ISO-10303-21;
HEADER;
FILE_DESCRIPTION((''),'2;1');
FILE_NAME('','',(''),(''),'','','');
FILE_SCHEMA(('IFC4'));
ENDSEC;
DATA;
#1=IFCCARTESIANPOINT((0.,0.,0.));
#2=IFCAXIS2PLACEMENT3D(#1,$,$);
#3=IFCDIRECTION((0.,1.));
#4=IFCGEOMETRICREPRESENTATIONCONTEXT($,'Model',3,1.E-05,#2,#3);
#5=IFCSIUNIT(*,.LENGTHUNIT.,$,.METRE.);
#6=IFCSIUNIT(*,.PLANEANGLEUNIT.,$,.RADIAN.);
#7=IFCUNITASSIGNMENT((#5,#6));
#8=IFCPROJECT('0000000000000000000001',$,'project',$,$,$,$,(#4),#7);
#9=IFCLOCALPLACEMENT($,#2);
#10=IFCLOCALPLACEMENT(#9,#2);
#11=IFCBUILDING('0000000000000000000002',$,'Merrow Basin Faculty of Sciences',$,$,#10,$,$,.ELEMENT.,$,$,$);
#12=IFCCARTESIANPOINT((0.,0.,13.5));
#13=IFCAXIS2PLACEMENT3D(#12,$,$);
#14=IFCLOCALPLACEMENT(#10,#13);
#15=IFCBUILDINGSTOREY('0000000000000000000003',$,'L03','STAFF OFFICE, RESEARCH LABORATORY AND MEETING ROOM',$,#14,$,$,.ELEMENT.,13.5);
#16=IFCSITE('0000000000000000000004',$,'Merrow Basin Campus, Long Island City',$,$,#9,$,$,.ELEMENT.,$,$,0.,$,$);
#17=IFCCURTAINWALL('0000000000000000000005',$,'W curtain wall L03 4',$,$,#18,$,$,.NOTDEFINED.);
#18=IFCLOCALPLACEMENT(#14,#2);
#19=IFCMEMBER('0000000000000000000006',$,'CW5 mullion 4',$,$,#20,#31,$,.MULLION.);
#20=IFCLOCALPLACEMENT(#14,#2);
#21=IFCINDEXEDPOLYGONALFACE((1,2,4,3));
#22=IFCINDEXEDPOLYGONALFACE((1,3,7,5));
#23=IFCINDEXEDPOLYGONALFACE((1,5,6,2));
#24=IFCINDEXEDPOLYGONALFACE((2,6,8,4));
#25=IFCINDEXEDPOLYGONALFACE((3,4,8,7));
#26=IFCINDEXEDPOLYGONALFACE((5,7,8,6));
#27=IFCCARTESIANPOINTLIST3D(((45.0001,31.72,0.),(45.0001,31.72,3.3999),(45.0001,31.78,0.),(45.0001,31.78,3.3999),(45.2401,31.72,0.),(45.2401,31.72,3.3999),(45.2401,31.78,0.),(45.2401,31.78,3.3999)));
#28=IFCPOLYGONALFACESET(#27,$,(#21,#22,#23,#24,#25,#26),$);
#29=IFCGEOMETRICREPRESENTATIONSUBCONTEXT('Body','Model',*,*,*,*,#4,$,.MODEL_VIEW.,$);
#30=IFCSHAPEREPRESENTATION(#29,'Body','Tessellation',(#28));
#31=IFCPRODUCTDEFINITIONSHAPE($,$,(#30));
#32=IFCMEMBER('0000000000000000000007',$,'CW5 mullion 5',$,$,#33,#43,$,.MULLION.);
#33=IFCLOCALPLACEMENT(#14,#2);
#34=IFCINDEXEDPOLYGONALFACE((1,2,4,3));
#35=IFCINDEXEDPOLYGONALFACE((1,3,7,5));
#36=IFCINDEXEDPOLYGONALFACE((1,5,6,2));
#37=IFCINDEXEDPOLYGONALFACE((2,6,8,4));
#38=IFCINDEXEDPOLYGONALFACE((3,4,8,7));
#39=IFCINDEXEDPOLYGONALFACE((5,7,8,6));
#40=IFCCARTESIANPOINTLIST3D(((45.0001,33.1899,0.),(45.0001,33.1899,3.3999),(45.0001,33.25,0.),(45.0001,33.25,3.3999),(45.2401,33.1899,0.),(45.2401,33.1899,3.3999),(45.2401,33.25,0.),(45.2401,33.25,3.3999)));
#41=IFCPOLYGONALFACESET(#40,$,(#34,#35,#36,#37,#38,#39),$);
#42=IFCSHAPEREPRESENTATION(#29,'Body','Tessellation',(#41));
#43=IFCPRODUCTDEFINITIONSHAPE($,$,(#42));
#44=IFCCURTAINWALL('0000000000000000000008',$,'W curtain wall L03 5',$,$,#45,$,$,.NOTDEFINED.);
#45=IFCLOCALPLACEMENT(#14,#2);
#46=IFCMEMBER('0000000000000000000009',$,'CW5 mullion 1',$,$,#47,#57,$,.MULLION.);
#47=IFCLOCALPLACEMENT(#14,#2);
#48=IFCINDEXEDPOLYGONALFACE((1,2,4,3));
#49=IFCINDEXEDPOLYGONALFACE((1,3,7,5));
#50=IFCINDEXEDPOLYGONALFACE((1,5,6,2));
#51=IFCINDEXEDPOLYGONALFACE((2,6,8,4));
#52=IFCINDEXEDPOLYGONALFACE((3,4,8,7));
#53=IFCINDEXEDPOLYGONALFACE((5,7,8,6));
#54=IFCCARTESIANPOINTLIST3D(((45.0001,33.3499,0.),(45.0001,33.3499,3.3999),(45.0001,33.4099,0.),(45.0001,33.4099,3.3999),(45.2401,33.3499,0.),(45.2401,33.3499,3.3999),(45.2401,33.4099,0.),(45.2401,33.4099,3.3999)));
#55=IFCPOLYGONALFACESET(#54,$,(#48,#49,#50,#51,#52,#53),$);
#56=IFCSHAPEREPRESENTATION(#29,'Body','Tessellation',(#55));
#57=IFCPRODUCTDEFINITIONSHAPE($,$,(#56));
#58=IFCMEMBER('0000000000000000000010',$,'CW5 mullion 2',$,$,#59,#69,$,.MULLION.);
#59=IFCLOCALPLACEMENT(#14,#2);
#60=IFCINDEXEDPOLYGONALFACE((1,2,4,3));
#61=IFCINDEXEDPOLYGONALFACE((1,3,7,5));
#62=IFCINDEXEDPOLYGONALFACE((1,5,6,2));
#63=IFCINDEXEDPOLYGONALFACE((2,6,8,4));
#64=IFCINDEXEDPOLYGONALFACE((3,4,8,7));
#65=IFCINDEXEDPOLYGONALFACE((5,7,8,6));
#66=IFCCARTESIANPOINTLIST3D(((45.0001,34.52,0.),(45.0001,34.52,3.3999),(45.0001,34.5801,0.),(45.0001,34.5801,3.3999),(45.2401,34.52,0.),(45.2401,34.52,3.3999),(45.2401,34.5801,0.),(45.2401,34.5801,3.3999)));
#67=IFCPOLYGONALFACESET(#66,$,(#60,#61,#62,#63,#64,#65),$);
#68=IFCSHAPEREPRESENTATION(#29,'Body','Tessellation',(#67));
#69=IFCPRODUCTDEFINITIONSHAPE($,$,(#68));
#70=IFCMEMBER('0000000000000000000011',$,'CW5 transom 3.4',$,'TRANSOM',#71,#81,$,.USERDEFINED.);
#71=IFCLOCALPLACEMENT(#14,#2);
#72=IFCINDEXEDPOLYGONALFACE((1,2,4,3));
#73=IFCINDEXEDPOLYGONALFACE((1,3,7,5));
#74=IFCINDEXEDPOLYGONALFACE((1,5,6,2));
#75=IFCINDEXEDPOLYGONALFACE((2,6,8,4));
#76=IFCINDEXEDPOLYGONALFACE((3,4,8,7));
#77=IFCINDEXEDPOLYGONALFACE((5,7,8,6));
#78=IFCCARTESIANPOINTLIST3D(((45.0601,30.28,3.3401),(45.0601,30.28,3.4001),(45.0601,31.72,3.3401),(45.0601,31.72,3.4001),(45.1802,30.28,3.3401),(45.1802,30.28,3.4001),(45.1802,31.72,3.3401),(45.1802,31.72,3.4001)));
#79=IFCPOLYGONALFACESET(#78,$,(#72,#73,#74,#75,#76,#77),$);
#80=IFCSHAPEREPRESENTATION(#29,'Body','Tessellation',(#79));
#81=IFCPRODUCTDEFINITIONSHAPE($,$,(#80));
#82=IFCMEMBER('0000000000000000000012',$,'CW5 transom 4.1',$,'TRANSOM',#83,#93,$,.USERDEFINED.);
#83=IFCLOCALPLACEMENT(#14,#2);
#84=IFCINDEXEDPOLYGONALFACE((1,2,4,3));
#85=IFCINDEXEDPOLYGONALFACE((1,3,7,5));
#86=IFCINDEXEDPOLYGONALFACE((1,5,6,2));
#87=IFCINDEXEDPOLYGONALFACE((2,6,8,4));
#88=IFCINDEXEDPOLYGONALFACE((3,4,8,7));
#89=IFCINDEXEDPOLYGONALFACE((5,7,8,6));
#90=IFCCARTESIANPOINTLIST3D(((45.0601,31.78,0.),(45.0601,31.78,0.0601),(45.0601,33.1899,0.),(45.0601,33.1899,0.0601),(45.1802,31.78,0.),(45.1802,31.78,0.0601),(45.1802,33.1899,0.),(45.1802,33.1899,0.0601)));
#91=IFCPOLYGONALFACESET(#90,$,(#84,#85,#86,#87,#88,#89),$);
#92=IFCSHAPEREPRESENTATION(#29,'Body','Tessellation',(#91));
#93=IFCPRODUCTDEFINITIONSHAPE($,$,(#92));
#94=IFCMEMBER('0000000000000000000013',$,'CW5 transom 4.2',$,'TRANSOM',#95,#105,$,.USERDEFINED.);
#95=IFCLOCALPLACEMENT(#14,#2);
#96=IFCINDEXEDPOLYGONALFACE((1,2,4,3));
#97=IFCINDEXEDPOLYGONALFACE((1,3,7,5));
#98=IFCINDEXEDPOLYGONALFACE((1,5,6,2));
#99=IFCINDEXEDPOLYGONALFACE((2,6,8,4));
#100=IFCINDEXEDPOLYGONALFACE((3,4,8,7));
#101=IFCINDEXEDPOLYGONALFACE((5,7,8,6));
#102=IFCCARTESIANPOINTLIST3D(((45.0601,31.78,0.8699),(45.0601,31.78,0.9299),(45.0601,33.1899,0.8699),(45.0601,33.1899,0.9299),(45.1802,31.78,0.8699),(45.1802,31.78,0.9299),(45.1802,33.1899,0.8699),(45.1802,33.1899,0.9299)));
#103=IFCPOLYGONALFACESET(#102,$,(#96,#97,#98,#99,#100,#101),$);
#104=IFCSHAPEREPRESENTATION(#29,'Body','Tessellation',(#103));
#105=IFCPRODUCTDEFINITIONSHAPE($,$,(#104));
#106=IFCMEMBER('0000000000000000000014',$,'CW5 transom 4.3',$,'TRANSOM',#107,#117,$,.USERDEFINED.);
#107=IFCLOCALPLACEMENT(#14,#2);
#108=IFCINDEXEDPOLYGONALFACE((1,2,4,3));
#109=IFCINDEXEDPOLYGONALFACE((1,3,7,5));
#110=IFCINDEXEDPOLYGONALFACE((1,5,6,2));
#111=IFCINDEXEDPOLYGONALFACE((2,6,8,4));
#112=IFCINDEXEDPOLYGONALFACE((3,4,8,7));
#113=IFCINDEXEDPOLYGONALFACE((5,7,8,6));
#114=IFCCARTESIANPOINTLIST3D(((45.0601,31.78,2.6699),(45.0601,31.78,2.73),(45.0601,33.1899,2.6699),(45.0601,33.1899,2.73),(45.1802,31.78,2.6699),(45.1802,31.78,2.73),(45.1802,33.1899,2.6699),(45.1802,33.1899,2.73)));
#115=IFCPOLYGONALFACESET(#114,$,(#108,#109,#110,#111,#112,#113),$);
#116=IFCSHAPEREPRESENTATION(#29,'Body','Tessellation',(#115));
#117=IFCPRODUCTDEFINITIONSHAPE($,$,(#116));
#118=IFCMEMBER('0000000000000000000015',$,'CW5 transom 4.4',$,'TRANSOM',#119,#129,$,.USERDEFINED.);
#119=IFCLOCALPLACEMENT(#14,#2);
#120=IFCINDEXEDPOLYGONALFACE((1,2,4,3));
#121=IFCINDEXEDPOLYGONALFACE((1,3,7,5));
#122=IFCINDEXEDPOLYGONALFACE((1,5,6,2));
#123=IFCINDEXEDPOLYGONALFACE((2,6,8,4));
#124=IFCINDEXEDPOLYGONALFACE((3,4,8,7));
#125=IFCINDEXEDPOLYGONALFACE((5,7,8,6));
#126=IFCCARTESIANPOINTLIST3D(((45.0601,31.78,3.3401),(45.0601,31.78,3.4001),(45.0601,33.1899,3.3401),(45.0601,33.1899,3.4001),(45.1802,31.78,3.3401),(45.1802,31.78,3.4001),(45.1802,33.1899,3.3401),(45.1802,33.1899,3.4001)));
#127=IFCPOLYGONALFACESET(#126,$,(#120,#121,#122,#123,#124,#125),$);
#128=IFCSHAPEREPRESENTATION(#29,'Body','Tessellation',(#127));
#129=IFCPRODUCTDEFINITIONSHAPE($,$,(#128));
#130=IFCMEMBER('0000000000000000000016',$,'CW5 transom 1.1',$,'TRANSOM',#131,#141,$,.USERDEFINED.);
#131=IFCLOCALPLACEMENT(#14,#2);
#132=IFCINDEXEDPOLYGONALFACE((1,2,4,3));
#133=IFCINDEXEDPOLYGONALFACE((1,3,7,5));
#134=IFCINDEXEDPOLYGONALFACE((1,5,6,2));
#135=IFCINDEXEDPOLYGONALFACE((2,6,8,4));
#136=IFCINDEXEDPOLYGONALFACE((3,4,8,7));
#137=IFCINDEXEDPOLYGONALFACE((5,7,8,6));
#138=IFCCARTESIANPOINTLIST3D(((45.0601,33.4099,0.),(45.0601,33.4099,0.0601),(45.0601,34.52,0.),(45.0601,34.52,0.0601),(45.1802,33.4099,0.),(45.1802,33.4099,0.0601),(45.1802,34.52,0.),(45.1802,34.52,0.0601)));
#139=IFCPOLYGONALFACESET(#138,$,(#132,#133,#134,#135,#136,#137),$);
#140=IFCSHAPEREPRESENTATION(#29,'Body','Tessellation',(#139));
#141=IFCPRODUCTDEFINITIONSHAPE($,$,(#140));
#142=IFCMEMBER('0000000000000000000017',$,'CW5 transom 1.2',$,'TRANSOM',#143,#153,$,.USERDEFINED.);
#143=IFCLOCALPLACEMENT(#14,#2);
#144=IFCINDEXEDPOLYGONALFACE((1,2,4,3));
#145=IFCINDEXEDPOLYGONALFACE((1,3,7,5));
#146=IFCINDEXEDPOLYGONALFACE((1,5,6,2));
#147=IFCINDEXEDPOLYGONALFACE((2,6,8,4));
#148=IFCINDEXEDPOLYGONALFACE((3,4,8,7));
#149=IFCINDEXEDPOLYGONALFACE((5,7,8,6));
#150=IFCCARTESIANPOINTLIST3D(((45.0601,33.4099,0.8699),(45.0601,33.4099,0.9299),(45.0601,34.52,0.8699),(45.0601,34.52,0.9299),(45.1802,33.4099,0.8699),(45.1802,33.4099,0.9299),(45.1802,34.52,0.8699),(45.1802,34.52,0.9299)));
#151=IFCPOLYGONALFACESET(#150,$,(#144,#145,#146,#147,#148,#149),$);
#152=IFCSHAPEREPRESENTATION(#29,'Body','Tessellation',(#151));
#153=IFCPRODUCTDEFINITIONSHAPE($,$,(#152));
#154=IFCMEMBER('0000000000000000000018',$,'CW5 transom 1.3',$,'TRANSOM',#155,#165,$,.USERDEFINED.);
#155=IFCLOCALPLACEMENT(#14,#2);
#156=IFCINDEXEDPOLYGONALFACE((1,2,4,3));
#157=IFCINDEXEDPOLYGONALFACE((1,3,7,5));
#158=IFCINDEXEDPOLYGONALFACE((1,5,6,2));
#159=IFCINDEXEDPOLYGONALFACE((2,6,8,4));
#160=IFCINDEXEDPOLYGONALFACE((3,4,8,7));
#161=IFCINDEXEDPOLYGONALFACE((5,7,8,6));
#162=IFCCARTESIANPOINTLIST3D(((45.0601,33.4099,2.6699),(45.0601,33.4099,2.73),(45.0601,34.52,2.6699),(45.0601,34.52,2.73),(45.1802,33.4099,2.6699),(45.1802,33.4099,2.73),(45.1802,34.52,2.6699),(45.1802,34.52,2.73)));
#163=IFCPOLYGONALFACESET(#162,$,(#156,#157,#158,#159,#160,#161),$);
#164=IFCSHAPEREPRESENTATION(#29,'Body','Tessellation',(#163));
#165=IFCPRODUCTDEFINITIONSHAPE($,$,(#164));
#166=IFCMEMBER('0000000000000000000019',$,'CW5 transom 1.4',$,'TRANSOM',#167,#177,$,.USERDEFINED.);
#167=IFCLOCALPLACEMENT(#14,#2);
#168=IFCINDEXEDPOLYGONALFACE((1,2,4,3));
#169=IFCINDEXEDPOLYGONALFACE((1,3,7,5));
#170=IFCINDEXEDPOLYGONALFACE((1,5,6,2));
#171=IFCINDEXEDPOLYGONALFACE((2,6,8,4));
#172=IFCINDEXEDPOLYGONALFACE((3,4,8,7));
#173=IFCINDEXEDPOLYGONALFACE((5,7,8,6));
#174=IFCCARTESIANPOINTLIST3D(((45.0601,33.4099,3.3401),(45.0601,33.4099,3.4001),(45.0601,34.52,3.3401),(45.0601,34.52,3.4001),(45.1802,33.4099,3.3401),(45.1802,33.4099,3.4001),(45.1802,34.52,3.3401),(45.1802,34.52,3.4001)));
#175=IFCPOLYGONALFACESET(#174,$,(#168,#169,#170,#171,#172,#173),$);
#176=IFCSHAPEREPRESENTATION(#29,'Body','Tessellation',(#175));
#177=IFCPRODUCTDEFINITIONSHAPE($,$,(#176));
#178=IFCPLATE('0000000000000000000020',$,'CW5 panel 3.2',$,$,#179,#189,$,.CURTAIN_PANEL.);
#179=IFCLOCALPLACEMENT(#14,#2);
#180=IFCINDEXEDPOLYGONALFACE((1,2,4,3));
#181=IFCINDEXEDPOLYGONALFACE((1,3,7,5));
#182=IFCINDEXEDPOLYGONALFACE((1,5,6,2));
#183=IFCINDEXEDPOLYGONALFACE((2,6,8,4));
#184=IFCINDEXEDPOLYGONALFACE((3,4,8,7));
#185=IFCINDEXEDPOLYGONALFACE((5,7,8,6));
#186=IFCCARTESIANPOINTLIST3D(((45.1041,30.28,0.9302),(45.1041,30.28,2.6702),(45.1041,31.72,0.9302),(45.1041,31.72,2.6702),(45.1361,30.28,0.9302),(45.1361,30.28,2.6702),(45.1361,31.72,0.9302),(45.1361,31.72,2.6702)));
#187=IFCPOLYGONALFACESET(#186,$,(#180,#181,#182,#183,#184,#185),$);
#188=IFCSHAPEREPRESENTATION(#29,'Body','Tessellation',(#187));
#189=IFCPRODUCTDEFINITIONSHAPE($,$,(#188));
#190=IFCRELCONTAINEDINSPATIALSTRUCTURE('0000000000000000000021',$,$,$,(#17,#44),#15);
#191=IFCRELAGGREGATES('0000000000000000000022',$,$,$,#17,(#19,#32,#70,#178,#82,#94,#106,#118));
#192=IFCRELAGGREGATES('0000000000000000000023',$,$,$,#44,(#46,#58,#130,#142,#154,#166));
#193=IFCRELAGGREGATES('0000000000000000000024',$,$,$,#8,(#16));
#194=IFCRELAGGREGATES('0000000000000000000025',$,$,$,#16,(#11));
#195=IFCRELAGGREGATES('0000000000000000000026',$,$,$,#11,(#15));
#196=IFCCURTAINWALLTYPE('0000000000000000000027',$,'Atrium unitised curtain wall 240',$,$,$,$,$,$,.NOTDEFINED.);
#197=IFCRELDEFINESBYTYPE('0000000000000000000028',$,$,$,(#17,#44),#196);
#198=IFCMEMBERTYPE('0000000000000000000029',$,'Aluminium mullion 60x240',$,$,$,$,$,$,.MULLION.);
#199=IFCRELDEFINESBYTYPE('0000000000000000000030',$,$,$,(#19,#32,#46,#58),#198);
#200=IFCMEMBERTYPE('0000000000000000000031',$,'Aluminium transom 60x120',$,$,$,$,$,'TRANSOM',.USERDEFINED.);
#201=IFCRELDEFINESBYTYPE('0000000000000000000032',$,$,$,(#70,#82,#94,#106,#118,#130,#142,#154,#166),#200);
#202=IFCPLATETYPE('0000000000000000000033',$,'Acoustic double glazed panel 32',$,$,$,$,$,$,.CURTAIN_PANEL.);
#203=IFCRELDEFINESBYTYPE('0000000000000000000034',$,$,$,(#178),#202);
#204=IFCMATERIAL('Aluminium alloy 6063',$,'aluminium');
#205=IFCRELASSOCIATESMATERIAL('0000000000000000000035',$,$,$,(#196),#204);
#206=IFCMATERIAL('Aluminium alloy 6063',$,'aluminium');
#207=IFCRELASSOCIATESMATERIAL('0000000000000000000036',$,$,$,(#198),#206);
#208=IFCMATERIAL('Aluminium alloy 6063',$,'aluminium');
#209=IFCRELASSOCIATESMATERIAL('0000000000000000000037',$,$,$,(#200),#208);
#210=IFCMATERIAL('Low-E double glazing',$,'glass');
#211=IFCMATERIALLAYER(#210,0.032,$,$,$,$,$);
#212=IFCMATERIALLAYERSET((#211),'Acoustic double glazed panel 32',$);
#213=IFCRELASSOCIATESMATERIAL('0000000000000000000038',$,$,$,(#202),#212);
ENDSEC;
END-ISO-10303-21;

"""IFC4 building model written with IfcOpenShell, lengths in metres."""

from ifc_helpers import new_model, si_unit, direction, frame, origin, origin_2d, place, context, subcontext, project, spatial, rectangle, extrude, material, layer, layer_set, material_profile, profile_set, type_object, element, aggregate, save


model = new_model("IFC4")

# Units and contexts
model_context = context("Model", 3, precision=1e-05, world=origin(), true_north=direction((0.0, 1.0)))
body_context = subcontext(model_context, "Body", "Model", "MODEL_VIEW")
ifc_project = project(units=[si_unit("LENGTHUNIT", "METRE"), si_unit("PLANEANGLEUNIT", "RADIAN")], contexts=[model_context])

# Site, building, storey
site_placement = place(None, origin())
site = spatial("IfcSite", under=ifc_project, at=site_placement, Name="Merrow Basin Campus, Long Island City", CompositionType="ELEMENT", RefElevation=0.0)
building_placement = place(site_placement, origin())
building = spatial("IfcBuilding", under=site, at=building_placement, Name="Merrow Basin Faculty of Sciences", CompositionType="ELEMENT")
storey_placement = place(building_placement, frame((0.0, 0.0, 13.5)))
storey = spatial("IfcBuildingStorey", under=building, at=storey_placement, Name="L03", Description="STAFF OFFICE, RESEARCH LABORATORY AND MEETING ROOM", CompositionType="ELEMENT", Elevation=13.5)

# Curtain walls, members
ifc_material_1 = material(Name="Aluminium alloy 6063", Category="aluminium")
curtain_wall_type = type_object("IfcCurtainWallType", Name="Atrium unitised curtain wall 240", PredefinedType="NOTDEFINED", material=ifc_material_1)
curtain_wall_1_placement = place(storey_placement, origin())
curtain_wall_1 = element("IfcCurtainWall", 1, at=curtain_wall_1_placement, inside=storey, type_object=curtain_wall_type, Name="W curtain wall L03 4", PredefinedType="NOTDEFINED")
ifc_material_2 = material(Name="Aluminium alloy 6063", Category="aluminium")
ifc_material_profile_1 = material_profile(ifc_material_2, rectangle(XDim=0.24, YDim=0.0601, at=origin_2d()))
ifc_profile_set_1 = profile_set([ifc_material_profile_1], Name="Aluminium alloy 6063")
member_type_1 = type_object("IfcMemberType", Name="Aluminium mullion 60x240", PredefinedType="MULLION", material=ifc_profile_set_1)
member_1_placement = place(storey_placement, frame((45.1201, 31.75, 0.0), z_axis=(0.0, 0.0, 1.0), x_axis=(-1.0, 0.0, 0.0)))
member_1 = element("IfcMember", 2, at=member_1_placement, type_object=member_type_1, Name="CW5 mullion 4", PredefinedType="MULLION", context=body_context, shape_type="SweptSolid", body=[
    extrude(rectangle(XDim=0.24, YDim=0.0601, at=origin_2d()), origin(), (0.0, 0.0, 1.0), 3.3999),
])
member_2_placement = place(storey_placement, frame((45.1201, 33.22, 0.0), z_axis=(0.0, 0.0, 1.0), x_axis=(-1.0, 0.0, 0.0)))
member_2 = element("IfcMember", 3, at=member_2_placement, type_object=member_type_1, Name="CW5 mullion 5", PredefinedType="MULLION", context=body_context, shape_type="SweptSolid", body=[
    extrude(rectangle(XDim=0.24, YDim=0.0601, at=origin_2d()), origin(), (0.0, 0.0, 1.0), 3.3999),
])
curtain_wall_2_placement = place(storey_placement, origin())
curtain_wall_2 = element("IfcCurtainWall", 4, at=curtain_wall_2_placement, inside=storey, type_object=curtain_wall_type, Name="W curtain wall L03 5", PredefinedType="NOTDEFINED")
member_3_placement = place(storey_placement, frame((45.1201, 33.3799, 0.0), z_axis=(0.0, 0.0, 1.0), x_axis=(-1.0, 0.0, 0.0)))
member_3 = element("IfcMember", 5, at=member_3_placement, type_object=member_type_1, Name="CW5 mullion 1", PredefinedType="MULLION", context=body_context, shape_type="SweptSolid", body=[
    extrude(rectangle(XDim=0.24, YDim=0.0601, at=origin_2d()), origin(), (0.0, 0.0, 1.0), 3.3999),
])
member_4_placement = place(storey_placement, frame((45.1201, 34.55, 0.0), z_axis=(0.0, 0.0, 1.0), x_axis=(-1.0, 0.0, 0.0)))
member_4 = element("IfcMember", 6, at=member_4_placement, type_object=member_type_1, Name="CW5 mullion 2", PredefinedType="MULLION", context=body_context, shape_type="SweptSolid", body=[
    extrude(rectangle(XDim=0.24, YDim=0.0601, at=origin_2d()), origin(), (0.0, 0.0, 1.0), 3.3999),
])

# Members
ifc_material_3 = material(Name="Aluminium alloy 6063", Category="aluminium")
ifc_material_profile_2 = material_profile(ifc_material_3, rectangle(XDim=0.1201, YDim=0.0601, at=origin_2d()))
ifc_profile_set_2 = profile_set([ifc_material_profile_2], Name="Aluminium alloy 6063")
member_type_2 = type_object("IfcMemberType", Name="Aluminium transom 60x120", ElementType="TRANSOM", PredefinedType="USERDEFINED", material=ifc_profile_set_2)
member_5_placement = place(storey_placement, frame((45.1201, 30.28, 3.3701), z_axis=(0.0, 1.0, 0.0), x_axis=(-1.0, 0.0, 0.0)))
member_5 = element("IfcMember", 7, at=member_5_placement, type_object=member_type_2, Name="CW5 transom 3.4", ObjectType="TRANSOM", PredefinedType="USERDEFINED", context=body_context, shape_type="SweptSolid", body=[
    extrude(rectangle(XDim=0.1201, YDim=0.0601, at=origin_2d()), origin(), (0.0, 0.0, 1.0), 1.4399),
])
member_6_placement = place(storey_placement, frame((45.1201, 31.78, 0.03), z_axis=(0.0, 1.0, 0.0), x_axis=(-1.0, 0.0, 0.0)))
member_6 = element("IfcMember", 8, at=member_6_placement, type_object=member_type_2, Name="CW5 transom 4.1", ObjectType="TRANSOM", PredefinedType="USERDEFINED", context=body_context, shape_type="SweptSolid", body=[
    extrude(rectangle(XDim=0.1201, YDim=0.0601, at=origin_2d()), origin(), (0.0, 0.0, 1.0), 1.4099),
])
member_7_placement = place(storey_placement, frame((45.1201, 31.78, 0.8999), z_axis=(0.0, 1.0, 0.0), x_axis=(-1.0, 0.0, 0.0)))
member_7 = element("IfcMember", 9, at=member_7_placement, type_object=member_type_2, Name="CW5 transom 4.2", ObjectType="TRANSOM", PredefinedType="USERDEFINED", context=body_context, shape_type="SweptSolid", body=[
    extrude(rectangle(XDim=0.1201, YDim=0.0601, at=origin_2d()), origin(), (0.0, 0.0, 1.0), 1.4099),
])
member_8_placement = place(storey_placement, frame((45.1201, 31.78, 2.7), z_axis=(0.0, 1.0, 0.0), x_axis=(-1.0, 0.0, 0.0)))
member_8 = element("IfcMember", 10, at=member_8_placement, type_object=member_type_2, Name="CW5 transom 4.3", ObjectType="TRANSOM", PredefinedType="USERDEFINED", context=body_context, shape_type="SweptSolid", body=[
    extrude(rectangle(XDim=0.1201, YDim=0.0601, at=origin_2d()), origin(), (0.0, 0.0, 1.0), 1.4099),
])
member_9_placement = place(storey_placement, frame((45.1201, 31.78, 3.3701), z_axis=(0.0, 1.0, 0.0), x_axis=(-1.0, 0.0, 0.0)))
member_9 = element("IfcMember", 11, at=member_9_placement, type_object=member_type_2, Name="CW5 transom 4.4", ObjectType="TRANSOM", PredefinedType="USERDEFINED", context=body_context, shape_type="SweptSolid", body=[
    extrude(rectangle(XDim=0.1201, YDim=0.0601, at=origin_2d()), origin(), (0.0, 0.0, 1.0), 1.4099),
])
member_10_placement = place(storey_placement, frame((45.1201, 33.4099, 0.03), z_axis=(0.0, 1.0, 0.0), x_axis=(-1.0, 0.0, 0.0)))
member_10 = element("IfcMember", 12, at=member_10_placement, type_object=member_type_2, Name="CW5 transom 1.1", ObjectType="TRANSOM", PredefinedType="USERDEFINED", context=body_context, shape_type="SweptSolid", body=[
    extrude(rectangle(XDim=0.1201, YDim=0.0601, at=origin_2d()), origin(), (0.0, 0.0, 1.0), 1.1101),
])
member_11_placement = place(storey_placement, frame((45.1201, 33.4099, 0.8999), z_axis=(0.0, 1.0, 0.0), x_axis=(-1.0, 0.0, 0.0)))
member_11 = element("IfcMember", 13, at=member_11_placement, type_object=member_type_2, Name="CW5 transom 1.2", ObjectType="TRANSOM", PredefinedType="USERDEFINED", context=body_context, shape_type="SweptSolid", body=[
    extrude(rectangle(XDim=0.1201, YDim=0.0601, at=origin_2d()), origin(), (0.0, 0.0, 1.0), 1.1101),
])
member_12_placement = place(storey_placement, frame((45.1201, 33.4099, 2.7), z_axis=(0.0, 1.0, 0.0), x_axis=(-1.0, 0.0, 0.0)))
member_12 = element("IfcMember", 14, at=member_12_placement, type_object=member_type_2, Name="CW5 transom 1.3", ObjectType="TRANSOM", PredefinedType="USERDEFINED", context=body_context, shape_type="SweptSolid", body=[
    extrude(rectangle(XDim=0.1201, YDim=0.0601, at=origin_2d()), origin(), (0.0, 0.0, 1.0), 1.1101),
])
member_13_placement = place(storey_placement, frame((45.1201, 33.4099, 3.3701), z_axis=(0.0, 1.0, 0.0), x_axis=(-1.0, 0.0, 0.0)))
member_13 = element("IfcMember", 15, at=member_13_placement, type_object=member_type_2, Name="CW5 transom 1.4", ObjectType="TRANSOM", PredefinedType="USERDEFINED", context=body_context, shape_type="SweptSolid", body=[
    extrude(rectangle(XDim=0.1201, YDim=0.0601, at=origin_2d()), origin(), (0.0, 0.0, 1.0), 1.1101),
])

# Plate
ifc_material_4 = material(Name="Low-E double glazing", Category="glass")
ifc_layer_1 = layer(ifc_material_4, 0.032)
ifc_layer_set_1 = layer_set([ifc_layer_1], Name="Acoustic double glazed panel 32")
plate_type_1 = type_object("IfcPlateType", Name="Acoustic double glazed panel 32", PredefinedType="CURTAIN_PANEL", material=ifc_layer_set_1)
plate_1_placement = place(storey_placement, frame((45.1201, 31.0, 0.9302), z_axis=(0.0, 0.0, 1.0), x_axis=(0.0, 1.0, 0.0)))
plate_1 = element("IfcPlate", 16, at=plate_1_placement, type_object=plate_type_1, Name="CW5 panel 3.2", PredefinedType="CURTAIN_PANEL", context=body_context, shape_type="SweptSolid", body=[
    extrude(rectangle(XDim=1.4399, YDim=0.032, at=origin_2d()), origin(), (0.0, 0.0, 1.0), 1.74),
])
aggregate(curtain_wall_1, [member_1, member_2, member_5, plate_1, member_6, member_7, member_8, member_9])
aggregate(curtain_wall_2, [member_3, member_4, member_10, member_11, member_12, member_13])

save(model, "model.ifc")
